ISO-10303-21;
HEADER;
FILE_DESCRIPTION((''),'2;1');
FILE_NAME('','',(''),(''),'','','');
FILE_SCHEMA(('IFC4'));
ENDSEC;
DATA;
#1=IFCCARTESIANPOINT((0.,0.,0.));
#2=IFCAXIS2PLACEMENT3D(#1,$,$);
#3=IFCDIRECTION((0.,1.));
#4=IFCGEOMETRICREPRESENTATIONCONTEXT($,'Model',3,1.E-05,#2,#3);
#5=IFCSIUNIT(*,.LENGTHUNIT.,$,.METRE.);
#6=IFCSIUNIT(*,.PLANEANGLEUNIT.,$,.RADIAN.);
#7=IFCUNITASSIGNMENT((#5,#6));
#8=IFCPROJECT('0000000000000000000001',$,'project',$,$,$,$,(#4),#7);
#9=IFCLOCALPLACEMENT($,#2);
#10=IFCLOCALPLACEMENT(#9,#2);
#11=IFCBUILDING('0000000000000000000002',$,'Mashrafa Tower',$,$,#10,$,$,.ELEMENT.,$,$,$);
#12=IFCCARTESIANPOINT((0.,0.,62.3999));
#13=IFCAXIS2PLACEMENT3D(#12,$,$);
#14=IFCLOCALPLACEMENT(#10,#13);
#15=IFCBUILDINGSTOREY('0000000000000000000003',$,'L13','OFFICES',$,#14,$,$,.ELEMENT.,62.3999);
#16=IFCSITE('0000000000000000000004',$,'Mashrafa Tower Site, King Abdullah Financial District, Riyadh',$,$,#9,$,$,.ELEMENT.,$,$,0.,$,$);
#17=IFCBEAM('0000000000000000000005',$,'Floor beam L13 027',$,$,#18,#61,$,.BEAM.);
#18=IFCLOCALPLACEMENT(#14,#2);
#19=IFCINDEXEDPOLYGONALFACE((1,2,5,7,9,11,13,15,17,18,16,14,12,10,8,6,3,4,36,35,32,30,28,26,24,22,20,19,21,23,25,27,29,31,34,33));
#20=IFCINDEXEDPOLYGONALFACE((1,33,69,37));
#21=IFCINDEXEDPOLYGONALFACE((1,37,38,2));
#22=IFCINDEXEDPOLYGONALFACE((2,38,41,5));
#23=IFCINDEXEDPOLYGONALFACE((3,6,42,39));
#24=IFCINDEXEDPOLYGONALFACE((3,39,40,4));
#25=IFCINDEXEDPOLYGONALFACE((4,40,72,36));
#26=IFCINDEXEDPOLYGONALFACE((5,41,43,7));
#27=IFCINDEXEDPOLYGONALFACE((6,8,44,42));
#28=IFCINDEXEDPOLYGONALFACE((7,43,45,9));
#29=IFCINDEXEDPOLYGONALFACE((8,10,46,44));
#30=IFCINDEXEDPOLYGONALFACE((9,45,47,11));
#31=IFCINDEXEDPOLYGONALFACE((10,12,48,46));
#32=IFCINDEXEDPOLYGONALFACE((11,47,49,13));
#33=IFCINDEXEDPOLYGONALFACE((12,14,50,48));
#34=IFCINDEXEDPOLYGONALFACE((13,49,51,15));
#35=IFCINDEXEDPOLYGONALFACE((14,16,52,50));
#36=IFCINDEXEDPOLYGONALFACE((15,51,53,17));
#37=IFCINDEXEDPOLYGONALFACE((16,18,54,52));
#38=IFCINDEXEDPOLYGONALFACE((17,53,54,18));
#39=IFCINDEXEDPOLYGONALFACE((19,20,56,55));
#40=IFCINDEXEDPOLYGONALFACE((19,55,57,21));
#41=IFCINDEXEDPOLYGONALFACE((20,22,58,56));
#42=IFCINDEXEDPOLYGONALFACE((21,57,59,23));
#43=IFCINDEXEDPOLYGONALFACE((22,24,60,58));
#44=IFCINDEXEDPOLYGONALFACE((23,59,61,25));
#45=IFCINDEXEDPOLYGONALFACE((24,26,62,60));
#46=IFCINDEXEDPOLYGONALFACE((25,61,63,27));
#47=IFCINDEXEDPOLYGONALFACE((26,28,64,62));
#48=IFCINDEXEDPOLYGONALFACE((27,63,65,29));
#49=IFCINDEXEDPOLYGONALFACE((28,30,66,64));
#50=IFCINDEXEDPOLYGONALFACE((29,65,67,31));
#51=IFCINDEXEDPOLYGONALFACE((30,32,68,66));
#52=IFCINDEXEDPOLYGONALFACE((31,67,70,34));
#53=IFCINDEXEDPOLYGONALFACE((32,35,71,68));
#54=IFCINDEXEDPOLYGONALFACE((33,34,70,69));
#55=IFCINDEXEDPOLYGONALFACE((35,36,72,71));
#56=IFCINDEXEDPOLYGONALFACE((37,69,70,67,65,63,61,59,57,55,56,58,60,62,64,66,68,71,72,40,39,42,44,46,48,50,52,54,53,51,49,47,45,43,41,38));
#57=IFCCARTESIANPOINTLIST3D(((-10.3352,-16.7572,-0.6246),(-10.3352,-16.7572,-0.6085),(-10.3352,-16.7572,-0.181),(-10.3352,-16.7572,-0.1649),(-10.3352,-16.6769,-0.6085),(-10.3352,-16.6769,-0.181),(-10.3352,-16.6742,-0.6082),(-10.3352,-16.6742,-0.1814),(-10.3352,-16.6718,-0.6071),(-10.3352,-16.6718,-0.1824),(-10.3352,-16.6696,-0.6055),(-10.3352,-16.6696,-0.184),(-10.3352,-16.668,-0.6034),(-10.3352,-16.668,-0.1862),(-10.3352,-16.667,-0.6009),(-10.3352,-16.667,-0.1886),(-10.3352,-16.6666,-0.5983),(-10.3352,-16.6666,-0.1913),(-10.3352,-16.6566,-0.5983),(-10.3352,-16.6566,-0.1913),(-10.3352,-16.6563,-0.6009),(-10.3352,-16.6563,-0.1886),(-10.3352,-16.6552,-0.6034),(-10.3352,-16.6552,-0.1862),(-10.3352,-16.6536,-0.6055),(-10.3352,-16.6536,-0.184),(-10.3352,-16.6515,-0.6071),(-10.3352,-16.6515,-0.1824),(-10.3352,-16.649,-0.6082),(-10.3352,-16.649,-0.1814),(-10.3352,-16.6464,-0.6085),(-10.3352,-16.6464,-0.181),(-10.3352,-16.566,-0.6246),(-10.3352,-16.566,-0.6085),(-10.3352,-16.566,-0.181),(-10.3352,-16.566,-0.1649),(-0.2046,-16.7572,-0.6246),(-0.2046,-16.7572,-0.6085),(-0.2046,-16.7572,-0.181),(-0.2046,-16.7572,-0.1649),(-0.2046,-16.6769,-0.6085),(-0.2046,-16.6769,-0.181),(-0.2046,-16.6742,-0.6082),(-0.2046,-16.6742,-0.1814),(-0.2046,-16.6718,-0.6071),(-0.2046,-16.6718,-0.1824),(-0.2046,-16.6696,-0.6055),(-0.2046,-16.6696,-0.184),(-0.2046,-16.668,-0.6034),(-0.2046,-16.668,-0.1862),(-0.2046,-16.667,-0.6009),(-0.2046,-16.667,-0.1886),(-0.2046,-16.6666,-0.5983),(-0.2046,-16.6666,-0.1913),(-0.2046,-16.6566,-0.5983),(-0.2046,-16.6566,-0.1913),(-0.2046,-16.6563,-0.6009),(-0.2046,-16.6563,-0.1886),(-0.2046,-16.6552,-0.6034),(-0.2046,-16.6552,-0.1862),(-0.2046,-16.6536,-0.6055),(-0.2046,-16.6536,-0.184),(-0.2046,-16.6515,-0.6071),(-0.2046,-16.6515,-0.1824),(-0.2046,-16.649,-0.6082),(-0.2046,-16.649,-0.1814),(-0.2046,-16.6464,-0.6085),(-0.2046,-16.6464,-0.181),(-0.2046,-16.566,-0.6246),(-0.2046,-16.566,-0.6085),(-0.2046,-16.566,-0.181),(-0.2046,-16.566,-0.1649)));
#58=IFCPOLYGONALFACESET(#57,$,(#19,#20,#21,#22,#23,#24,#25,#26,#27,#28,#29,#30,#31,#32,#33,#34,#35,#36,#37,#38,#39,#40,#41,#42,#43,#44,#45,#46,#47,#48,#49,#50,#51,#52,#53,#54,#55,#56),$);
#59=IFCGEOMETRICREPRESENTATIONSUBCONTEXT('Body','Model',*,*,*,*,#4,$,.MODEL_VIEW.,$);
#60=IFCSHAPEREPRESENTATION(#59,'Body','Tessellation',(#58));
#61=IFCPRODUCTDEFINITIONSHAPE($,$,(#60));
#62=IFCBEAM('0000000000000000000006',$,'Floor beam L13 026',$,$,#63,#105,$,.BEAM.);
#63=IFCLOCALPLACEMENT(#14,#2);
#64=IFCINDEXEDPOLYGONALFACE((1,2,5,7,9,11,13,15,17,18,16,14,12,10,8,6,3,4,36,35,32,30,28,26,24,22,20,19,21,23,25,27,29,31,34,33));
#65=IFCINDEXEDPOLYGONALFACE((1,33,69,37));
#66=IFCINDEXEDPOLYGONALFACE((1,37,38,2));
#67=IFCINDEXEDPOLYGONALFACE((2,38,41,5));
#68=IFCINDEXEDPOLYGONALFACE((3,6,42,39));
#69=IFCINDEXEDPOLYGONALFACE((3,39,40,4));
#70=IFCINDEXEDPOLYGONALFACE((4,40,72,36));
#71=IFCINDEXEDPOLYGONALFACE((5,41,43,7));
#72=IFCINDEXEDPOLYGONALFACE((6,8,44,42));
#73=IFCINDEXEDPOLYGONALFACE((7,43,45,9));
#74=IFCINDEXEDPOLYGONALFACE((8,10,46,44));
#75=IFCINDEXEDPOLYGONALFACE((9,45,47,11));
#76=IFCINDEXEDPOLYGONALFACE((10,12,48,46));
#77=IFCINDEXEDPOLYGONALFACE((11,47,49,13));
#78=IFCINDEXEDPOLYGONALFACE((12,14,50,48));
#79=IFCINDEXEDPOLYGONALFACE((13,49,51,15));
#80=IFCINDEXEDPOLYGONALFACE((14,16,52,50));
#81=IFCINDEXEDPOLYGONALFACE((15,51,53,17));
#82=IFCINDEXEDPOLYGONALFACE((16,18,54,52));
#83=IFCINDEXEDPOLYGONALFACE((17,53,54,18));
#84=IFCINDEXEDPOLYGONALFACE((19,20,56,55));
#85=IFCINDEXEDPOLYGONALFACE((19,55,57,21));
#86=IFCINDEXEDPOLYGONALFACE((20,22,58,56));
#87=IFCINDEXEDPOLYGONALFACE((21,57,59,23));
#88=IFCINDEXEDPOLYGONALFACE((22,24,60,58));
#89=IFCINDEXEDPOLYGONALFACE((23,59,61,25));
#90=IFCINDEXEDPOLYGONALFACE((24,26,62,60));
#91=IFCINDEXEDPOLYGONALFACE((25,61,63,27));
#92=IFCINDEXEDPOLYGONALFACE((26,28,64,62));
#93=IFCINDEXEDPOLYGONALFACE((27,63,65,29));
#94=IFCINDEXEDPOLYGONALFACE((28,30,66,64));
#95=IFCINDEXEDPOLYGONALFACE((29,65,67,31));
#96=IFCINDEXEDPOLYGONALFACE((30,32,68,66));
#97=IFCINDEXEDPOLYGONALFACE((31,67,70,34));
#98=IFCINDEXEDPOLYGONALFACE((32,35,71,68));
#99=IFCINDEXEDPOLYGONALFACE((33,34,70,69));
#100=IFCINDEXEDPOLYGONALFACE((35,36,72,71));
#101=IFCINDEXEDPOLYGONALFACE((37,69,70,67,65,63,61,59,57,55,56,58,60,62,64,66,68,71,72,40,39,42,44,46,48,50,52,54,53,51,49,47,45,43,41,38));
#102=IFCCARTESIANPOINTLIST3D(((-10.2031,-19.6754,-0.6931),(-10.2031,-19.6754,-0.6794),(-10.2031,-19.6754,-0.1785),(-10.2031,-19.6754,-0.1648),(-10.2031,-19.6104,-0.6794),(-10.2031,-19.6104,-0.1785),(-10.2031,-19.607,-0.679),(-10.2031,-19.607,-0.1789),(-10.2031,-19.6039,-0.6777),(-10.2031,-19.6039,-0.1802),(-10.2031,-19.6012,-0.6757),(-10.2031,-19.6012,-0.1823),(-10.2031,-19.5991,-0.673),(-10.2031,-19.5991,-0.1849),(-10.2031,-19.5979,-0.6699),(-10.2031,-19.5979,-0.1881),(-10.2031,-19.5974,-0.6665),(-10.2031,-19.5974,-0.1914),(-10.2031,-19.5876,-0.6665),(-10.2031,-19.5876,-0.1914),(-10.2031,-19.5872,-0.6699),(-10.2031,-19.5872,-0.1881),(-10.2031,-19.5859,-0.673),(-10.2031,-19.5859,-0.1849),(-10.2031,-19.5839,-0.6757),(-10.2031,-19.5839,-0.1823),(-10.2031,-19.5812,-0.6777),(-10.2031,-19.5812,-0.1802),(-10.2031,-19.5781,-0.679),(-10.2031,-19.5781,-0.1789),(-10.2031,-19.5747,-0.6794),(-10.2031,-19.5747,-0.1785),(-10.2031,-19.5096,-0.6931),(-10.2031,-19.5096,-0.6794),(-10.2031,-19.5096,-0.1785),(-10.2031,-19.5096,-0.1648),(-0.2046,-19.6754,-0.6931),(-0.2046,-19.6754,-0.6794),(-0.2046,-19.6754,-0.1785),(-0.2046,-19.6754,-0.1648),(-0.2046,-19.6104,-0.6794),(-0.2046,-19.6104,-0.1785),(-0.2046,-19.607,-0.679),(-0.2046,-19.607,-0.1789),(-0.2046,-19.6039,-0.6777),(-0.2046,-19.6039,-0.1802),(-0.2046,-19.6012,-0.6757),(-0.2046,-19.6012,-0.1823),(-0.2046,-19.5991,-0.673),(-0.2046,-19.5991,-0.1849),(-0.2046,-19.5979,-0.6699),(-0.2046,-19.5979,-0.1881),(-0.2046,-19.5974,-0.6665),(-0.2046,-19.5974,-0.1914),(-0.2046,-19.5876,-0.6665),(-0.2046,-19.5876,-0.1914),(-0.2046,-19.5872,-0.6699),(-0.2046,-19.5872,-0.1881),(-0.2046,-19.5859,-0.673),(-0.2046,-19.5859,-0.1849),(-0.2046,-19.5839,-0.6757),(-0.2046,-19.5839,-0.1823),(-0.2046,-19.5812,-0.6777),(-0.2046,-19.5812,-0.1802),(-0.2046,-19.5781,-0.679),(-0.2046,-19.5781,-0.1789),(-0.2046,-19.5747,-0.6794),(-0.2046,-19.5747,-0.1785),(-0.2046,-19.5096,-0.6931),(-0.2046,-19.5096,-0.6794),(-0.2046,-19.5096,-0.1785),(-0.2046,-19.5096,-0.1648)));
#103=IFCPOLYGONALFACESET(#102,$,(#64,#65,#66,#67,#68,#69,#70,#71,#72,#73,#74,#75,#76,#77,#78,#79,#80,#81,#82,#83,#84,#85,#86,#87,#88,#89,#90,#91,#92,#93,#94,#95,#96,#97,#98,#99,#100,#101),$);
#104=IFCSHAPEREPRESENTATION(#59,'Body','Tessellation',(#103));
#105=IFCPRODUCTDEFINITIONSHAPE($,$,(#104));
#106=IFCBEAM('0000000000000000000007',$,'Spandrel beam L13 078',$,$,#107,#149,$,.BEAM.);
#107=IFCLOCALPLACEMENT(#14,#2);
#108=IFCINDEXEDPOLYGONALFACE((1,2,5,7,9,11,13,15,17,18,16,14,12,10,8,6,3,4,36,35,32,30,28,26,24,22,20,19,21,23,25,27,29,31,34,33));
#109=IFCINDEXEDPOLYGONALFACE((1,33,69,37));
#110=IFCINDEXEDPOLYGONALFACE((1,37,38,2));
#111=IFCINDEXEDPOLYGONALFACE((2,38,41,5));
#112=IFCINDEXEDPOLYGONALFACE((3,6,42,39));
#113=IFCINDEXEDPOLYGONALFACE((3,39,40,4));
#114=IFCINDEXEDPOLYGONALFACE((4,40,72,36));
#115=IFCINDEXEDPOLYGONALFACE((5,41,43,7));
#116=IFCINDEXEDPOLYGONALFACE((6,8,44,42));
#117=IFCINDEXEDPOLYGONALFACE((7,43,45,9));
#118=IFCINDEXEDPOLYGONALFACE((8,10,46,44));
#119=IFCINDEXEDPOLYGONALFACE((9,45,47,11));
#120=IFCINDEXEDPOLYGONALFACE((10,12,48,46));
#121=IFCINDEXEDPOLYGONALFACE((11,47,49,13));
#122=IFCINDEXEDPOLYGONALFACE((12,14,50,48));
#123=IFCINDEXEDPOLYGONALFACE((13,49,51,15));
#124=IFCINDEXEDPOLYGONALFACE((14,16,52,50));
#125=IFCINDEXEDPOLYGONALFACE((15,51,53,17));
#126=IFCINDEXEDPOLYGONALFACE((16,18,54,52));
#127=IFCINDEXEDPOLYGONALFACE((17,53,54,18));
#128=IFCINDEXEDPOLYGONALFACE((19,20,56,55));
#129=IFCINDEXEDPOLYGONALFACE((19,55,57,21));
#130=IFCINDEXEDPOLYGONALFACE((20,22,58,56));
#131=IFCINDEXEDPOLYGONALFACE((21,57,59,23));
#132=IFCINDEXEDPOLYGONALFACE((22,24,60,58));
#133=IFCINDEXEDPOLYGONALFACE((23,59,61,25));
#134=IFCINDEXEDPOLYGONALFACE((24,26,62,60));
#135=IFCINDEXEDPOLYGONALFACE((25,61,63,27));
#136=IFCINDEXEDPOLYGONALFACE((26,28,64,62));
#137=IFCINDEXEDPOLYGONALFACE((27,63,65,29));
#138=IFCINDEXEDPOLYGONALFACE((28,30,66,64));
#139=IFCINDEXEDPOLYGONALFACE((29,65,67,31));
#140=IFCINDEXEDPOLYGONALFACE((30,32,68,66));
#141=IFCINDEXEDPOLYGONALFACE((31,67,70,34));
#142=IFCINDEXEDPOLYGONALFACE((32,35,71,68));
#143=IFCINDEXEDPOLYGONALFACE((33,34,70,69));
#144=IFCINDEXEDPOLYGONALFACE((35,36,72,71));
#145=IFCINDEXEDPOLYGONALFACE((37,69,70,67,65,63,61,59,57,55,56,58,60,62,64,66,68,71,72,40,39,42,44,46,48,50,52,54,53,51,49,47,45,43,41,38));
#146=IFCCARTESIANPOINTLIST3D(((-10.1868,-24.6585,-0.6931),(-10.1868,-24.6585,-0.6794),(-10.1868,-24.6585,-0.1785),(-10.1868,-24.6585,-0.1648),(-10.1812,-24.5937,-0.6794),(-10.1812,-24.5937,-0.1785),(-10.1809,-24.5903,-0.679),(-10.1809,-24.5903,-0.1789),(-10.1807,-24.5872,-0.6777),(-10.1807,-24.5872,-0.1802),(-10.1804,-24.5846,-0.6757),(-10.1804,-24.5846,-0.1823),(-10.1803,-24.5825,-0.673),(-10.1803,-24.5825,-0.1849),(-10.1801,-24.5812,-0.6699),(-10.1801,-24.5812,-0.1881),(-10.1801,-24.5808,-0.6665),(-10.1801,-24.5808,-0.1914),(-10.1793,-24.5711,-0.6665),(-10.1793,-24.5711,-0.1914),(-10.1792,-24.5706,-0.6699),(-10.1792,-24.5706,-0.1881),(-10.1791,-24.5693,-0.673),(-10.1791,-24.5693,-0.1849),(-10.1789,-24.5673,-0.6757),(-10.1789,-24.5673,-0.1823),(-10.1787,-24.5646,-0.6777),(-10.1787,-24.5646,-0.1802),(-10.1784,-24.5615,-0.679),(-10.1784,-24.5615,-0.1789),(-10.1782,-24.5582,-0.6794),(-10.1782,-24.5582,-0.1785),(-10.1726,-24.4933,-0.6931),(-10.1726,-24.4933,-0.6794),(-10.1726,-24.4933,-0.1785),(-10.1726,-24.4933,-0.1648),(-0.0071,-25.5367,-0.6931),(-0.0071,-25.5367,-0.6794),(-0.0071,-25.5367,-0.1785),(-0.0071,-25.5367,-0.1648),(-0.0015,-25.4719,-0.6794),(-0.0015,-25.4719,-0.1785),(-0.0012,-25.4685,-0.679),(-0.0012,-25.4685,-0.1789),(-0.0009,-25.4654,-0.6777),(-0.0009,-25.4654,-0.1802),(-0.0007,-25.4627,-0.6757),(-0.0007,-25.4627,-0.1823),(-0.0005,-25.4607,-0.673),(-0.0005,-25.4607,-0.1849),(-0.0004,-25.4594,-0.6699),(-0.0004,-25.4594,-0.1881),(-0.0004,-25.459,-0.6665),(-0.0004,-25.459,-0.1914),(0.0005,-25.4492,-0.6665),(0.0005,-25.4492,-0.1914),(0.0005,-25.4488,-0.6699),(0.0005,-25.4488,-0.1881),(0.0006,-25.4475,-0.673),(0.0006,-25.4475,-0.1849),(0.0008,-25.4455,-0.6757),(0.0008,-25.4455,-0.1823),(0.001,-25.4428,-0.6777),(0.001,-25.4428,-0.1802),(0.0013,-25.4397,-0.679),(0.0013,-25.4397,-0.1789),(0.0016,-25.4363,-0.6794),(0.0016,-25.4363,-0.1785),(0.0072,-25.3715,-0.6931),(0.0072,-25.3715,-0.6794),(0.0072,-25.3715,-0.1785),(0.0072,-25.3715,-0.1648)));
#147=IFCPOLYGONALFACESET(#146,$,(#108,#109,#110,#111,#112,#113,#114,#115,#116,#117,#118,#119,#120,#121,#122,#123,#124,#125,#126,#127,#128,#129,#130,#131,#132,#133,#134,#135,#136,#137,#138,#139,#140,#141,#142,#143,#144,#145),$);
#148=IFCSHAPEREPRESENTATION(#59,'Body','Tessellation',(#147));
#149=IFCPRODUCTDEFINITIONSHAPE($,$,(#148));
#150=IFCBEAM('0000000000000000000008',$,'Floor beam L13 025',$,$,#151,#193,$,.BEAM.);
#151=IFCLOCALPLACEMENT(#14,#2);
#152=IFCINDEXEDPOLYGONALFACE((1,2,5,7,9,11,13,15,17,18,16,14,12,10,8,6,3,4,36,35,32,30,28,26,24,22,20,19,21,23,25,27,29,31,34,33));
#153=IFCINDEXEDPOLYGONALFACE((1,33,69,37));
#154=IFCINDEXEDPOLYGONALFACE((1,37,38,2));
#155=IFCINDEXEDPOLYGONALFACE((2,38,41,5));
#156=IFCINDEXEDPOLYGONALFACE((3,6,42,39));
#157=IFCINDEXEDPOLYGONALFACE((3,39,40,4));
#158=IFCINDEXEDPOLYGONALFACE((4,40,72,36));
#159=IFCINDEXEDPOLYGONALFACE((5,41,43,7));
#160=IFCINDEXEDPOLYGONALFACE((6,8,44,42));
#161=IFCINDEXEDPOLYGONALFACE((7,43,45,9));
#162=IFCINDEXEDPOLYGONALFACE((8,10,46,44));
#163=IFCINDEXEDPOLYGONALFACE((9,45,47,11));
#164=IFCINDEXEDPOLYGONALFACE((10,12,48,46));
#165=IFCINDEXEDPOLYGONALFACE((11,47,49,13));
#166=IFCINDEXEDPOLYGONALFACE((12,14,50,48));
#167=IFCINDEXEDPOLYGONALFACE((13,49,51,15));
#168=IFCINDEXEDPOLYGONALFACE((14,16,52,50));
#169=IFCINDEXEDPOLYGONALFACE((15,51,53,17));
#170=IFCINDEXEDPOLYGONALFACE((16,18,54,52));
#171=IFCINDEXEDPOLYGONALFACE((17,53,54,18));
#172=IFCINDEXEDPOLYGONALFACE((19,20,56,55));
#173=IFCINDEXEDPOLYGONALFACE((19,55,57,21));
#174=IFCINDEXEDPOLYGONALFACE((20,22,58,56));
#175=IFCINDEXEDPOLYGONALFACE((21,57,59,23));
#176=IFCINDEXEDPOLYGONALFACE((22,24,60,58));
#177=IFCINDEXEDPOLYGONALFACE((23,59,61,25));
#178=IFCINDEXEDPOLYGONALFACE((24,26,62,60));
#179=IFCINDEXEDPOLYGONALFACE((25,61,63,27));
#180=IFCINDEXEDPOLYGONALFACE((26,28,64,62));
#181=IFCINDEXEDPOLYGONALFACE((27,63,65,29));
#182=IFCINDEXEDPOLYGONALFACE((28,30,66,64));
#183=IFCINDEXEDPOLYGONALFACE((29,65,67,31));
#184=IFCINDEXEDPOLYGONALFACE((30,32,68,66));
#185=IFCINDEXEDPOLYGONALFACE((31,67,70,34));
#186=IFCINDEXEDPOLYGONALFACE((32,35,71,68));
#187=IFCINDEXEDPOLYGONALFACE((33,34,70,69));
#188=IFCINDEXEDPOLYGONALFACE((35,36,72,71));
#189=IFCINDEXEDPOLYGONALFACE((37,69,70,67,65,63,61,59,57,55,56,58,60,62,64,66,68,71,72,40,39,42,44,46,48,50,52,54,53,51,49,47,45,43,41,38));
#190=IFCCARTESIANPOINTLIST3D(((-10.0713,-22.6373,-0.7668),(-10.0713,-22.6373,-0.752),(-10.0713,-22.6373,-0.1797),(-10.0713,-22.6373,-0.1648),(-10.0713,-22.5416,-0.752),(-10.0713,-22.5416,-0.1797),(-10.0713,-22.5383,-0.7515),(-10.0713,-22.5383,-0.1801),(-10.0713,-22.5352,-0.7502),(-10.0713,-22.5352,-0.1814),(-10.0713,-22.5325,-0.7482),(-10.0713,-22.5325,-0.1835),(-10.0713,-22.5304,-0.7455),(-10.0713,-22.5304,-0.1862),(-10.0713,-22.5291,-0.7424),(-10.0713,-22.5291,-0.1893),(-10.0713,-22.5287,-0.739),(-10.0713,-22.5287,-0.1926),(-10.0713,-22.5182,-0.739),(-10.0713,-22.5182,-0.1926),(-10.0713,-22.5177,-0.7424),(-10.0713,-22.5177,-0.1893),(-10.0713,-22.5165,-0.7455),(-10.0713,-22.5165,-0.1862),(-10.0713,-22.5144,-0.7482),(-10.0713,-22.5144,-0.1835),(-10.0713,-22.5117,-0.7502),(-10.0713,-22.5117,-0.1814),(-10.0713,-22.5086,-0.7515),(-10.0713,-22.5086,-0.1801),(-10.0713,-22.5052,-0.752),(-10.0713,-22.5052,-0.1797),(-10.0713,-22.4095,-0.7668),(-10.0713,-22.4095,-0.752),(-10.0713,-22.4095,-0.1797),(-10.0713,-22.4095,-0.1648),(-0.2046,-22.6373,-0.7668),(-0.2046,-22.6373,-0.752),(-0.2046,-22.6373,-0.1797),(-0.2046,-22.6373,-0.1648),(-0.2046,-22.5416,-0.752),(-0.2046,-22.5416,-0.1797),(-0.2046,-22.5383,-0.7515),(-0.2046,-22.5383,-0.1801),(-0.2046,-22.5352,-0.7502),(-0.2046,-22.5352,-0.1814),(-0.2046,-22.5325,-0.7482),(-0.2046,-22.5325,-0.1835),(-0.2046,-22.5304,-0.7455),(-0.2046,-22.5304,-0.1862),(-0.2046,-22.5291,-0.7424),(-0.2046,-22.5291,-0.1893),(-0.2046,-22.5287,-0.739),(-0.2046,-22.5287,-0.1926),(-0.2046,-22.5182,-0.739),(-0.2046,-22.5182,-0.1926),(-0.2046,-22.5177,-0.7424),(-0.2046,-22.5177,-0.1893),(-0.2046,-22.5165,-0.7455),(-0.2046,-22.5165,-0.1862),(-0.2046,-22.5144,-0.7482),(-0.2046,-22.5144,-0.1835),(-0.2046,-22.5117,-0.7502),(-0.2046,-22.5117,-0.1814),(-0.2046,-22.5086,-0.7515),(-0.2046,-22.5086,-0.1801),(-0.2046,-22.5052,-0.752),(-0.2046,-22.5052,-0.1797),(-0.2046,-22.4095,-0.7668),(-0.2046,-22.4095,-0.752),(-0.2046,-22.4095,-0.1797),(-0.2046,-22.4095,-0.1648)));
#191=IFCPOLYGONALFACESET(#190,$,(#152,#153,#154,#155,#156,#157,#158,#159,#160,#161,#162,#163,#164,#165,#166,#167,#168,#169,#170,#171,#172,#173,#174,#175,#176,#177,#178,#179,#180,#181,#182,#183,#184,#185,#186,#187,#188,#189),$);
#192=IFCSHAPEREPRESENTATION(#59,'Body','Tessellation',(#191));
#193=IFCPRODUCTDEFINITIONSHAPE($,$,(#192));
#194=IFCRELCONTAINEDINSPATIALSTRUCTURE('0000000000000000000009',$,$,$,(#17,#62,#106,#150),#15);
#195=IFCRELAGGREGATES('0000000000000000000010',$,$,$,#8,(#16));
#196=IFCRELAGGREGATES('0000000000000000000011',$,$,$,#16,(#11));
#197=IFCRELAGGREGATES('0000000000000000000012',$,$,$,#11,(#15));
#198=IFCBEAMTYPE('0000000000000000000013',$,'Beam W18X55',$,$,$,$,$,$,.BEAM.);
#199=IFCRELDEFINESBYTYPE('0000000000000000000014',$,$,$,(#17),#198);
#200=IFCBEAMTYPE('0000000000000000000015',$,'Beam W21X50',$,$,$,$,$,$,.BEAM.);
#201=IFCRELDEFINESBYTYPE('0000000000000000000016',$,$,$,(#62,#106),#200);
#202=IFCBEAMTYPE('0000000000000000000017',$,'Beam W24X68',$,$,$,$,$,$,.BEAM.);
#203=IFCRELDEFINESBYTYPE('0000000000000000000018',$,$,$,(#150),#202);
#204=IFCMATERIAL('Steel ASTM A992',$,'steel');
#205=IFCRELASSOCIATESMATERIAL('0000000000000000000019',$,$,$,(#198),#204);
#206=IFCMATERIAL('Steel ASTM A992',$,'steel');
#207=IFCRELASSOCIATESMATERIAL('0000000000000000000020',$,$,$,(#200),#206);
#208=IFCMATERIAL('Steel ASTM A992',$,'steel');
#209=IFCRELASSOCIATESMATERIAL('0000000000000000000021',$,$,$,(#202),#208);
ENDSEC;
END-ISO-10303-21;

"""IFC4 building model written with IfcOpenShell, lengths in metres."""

from ifc_helpers import new_model, si_unit, direction, frame, origin, origin_2d, place, context, subcontext, project, spatial, i_section, extrude, material, material_profile, profile_set, type_object, element, save


model = new_model("IFC4")

# Units and contexts
model_context = context("Model", 3, precision=1e-05, world=origin(), true_north=direction((0.0, 1.0)))
body_context = subcontext(model_context, "Body", "Model", "MODEL_VIEW")
ifc_project = project(units=[si_unit("LENGTHUNIT", "METRE"), si_unit("PLANEANGLEUNIT", "RADIAN")], contexts=[model_context])

# Site, building, storey
site_placement = place(None, origin())
site = spatial("IfcSite", under=ifc_project, at=site_placement, Name="Mashrafa Tower Site, King Abdullah Financial District, Riyadh", CompositionType="ELEMENT", RefElevation=0.0)
building_placement = place(site_placement, origin())
building = spatial("IfcBuilding", under=site, at=building_placement, Name="Mashrafa Tower", CompositionType="ELEMENT")
storey_placement = place(building_placement, frame((0.0, 0.0, 62.3999)))
storey = spatial("IfcBuildingStorey", under=building, at=storey_placement, Name="L13", Description="OFFICES", CompositionType="ELEMENT", Elevation=62.3999)

# Beams
ifc_material_1 = material(Name="Steel ASTM A992", Category="steel")
ifc_material_profile_1 = material_profile(ifc_material_1, i_section(OverallWidth=0.1912, OverallDepth=0.4597, WebThickness=0.01, FlangeThickness=0.0161, FilletRadius=0.0103, at=origin_2d()), Name="W18X55")
ifc_profile_set_1 = profile_set([ifc_material_profile_1], Name="Steel ASTM A992")
beam_type_1 = type_object("IfcBeamType", Name="Beam W18X55", PredefinedType="BEAM", material=ifc_profile_set_1)
beam_1_placement = place(storey_placement, frame((-0.2046, -16.6616, -0.3948), z_axis=(-1.0, 0.0, 0.0), x_axis=(0.0, -1.0, 0.0)))
element("IfcBeam", 1, at=beam_1_placement, inside=storey, type_object=beam_type_1, Name="Floor beam L13 027", PredefinedType="BEAM", context=body_context, shape_type="SweptSolid", body=[
    extrude(i_section(OverallWidth=0.1912, OverallDepth=0.4597, WebThickness=0.01, FlangeThickness=0.0161, FilletRadius=0.0103, at=origin_2d()), origin(), (0.0, 0.0, 1.0), 10.1306),
])
ifc_material_2 = material(Name="Steel ASTM A992", Category="steel")
ifc_material_profile_2 = material_profile(ifc_material_2, i_section(OverallWidth=0.1658, OverallDepth=0.5283, WebThickness=0.0098, FlangeThickness=0.0137, FilletRadius=0.0129, at=origin_2d()), Name="W21X50")
ifc_profile_set_2 = profile_set([ifc_material_profile_2], Name="Steel ASTM A992")
beam_type_2 = type_object("IfcBeamType", Name="Beam W21X50", PredefinedType="BEAM", material=ifc_profile_set_2)
beam_2_placement = place(storey_placement, frame((-0.2046, -19.5925, -0.429), z_axis=(-1.0, 0.0, 0.0), x_axis=(0.0, -1.0, 0.0)))
element("IfcBeam", 2, at=beam_2_placement, inside=storey, type_object=beam_type_2, Name="Floor beam L13 026", PredefinedType="BEAM", context=body_context, shape_type="SweptSolid", body=[
    extrude(i_section(OverallWidth=0.1658, OverallDepth=0.5283, WebThickness=0.0098, FlangeThickness=0.0137, FilletRadius=0.0129, at=origin_2d()), origin(), (0.0, 0.0, 1.0), 9.9985),
])
beam_3_placement = place(storey_placement, frame((-10.1797, -24.5759, -0.429), z_axis=(0.9963, -0.085948, 0.0), x_axis=(0.085948, 0.9963, 0.0)))
element("IfcBeam", 3, at=beam_3_placement, inside=storey, type_object=beam_type_2, Name="Spandrel beam L13 078", PredefinedType="BEAM", context=body_context, shape_type="SweptSolid", body=[
    extrude(i_section(OverallWidth=0.1658, OverallDepth=0.5283, WebThickness=0.0098, FlangeThickness=0.0137, FilletRadius=0.0129, at=origin_2d()), origin(), (0.0, 0.0, 1.0), 10.2175),
])
ifc_material_3 = material(Name="Steel ASTM A992", Category="steel")
ifc_material_profile_3 = material_profile(ifc_material_3, i_section(OverallWidth=0.2278, OverallDepth=0.6021, WebThickness=0.0105, FlangeThickness=0.0149, FilletRadius=0.0129, at=origin_2d()), Name="W24X68")
ifc_profile_set_3 = profile_set([ifc_material_profile_3], Name="Steel ASTM A992")
beam_type_3 = type_object("IfcBeamType", Name="Beam W24X68", PredefinedType="BEAM", material=ifc_profile_set_3)
beam_4_placement = place(storey_placement, frame((-0.2046, -22.5234, -0.4658), z_axis=(-1.0, 0.0, 0.0), x_axis=(0.0, -1.0, 0.0)))
element("IfcBeam", 4, at=beam_4_placement, inside=storey, type_object=beam_type_3, Name="Floor beam L13 025", PredefinedType="BEAM", context=body_context, shape_type="SweptSolid", body=[
    extrude(i_section(OverallWidth=0.2278, OverallDepth=0.6021, WebThickness=0.0105, FlangeThickness=0.0149, FilletRadius=0.0129, at=origin_2d()), origin(), (0.0, 0.0, 1.0), 9.8667),
])

save(model, "model.ifc")
